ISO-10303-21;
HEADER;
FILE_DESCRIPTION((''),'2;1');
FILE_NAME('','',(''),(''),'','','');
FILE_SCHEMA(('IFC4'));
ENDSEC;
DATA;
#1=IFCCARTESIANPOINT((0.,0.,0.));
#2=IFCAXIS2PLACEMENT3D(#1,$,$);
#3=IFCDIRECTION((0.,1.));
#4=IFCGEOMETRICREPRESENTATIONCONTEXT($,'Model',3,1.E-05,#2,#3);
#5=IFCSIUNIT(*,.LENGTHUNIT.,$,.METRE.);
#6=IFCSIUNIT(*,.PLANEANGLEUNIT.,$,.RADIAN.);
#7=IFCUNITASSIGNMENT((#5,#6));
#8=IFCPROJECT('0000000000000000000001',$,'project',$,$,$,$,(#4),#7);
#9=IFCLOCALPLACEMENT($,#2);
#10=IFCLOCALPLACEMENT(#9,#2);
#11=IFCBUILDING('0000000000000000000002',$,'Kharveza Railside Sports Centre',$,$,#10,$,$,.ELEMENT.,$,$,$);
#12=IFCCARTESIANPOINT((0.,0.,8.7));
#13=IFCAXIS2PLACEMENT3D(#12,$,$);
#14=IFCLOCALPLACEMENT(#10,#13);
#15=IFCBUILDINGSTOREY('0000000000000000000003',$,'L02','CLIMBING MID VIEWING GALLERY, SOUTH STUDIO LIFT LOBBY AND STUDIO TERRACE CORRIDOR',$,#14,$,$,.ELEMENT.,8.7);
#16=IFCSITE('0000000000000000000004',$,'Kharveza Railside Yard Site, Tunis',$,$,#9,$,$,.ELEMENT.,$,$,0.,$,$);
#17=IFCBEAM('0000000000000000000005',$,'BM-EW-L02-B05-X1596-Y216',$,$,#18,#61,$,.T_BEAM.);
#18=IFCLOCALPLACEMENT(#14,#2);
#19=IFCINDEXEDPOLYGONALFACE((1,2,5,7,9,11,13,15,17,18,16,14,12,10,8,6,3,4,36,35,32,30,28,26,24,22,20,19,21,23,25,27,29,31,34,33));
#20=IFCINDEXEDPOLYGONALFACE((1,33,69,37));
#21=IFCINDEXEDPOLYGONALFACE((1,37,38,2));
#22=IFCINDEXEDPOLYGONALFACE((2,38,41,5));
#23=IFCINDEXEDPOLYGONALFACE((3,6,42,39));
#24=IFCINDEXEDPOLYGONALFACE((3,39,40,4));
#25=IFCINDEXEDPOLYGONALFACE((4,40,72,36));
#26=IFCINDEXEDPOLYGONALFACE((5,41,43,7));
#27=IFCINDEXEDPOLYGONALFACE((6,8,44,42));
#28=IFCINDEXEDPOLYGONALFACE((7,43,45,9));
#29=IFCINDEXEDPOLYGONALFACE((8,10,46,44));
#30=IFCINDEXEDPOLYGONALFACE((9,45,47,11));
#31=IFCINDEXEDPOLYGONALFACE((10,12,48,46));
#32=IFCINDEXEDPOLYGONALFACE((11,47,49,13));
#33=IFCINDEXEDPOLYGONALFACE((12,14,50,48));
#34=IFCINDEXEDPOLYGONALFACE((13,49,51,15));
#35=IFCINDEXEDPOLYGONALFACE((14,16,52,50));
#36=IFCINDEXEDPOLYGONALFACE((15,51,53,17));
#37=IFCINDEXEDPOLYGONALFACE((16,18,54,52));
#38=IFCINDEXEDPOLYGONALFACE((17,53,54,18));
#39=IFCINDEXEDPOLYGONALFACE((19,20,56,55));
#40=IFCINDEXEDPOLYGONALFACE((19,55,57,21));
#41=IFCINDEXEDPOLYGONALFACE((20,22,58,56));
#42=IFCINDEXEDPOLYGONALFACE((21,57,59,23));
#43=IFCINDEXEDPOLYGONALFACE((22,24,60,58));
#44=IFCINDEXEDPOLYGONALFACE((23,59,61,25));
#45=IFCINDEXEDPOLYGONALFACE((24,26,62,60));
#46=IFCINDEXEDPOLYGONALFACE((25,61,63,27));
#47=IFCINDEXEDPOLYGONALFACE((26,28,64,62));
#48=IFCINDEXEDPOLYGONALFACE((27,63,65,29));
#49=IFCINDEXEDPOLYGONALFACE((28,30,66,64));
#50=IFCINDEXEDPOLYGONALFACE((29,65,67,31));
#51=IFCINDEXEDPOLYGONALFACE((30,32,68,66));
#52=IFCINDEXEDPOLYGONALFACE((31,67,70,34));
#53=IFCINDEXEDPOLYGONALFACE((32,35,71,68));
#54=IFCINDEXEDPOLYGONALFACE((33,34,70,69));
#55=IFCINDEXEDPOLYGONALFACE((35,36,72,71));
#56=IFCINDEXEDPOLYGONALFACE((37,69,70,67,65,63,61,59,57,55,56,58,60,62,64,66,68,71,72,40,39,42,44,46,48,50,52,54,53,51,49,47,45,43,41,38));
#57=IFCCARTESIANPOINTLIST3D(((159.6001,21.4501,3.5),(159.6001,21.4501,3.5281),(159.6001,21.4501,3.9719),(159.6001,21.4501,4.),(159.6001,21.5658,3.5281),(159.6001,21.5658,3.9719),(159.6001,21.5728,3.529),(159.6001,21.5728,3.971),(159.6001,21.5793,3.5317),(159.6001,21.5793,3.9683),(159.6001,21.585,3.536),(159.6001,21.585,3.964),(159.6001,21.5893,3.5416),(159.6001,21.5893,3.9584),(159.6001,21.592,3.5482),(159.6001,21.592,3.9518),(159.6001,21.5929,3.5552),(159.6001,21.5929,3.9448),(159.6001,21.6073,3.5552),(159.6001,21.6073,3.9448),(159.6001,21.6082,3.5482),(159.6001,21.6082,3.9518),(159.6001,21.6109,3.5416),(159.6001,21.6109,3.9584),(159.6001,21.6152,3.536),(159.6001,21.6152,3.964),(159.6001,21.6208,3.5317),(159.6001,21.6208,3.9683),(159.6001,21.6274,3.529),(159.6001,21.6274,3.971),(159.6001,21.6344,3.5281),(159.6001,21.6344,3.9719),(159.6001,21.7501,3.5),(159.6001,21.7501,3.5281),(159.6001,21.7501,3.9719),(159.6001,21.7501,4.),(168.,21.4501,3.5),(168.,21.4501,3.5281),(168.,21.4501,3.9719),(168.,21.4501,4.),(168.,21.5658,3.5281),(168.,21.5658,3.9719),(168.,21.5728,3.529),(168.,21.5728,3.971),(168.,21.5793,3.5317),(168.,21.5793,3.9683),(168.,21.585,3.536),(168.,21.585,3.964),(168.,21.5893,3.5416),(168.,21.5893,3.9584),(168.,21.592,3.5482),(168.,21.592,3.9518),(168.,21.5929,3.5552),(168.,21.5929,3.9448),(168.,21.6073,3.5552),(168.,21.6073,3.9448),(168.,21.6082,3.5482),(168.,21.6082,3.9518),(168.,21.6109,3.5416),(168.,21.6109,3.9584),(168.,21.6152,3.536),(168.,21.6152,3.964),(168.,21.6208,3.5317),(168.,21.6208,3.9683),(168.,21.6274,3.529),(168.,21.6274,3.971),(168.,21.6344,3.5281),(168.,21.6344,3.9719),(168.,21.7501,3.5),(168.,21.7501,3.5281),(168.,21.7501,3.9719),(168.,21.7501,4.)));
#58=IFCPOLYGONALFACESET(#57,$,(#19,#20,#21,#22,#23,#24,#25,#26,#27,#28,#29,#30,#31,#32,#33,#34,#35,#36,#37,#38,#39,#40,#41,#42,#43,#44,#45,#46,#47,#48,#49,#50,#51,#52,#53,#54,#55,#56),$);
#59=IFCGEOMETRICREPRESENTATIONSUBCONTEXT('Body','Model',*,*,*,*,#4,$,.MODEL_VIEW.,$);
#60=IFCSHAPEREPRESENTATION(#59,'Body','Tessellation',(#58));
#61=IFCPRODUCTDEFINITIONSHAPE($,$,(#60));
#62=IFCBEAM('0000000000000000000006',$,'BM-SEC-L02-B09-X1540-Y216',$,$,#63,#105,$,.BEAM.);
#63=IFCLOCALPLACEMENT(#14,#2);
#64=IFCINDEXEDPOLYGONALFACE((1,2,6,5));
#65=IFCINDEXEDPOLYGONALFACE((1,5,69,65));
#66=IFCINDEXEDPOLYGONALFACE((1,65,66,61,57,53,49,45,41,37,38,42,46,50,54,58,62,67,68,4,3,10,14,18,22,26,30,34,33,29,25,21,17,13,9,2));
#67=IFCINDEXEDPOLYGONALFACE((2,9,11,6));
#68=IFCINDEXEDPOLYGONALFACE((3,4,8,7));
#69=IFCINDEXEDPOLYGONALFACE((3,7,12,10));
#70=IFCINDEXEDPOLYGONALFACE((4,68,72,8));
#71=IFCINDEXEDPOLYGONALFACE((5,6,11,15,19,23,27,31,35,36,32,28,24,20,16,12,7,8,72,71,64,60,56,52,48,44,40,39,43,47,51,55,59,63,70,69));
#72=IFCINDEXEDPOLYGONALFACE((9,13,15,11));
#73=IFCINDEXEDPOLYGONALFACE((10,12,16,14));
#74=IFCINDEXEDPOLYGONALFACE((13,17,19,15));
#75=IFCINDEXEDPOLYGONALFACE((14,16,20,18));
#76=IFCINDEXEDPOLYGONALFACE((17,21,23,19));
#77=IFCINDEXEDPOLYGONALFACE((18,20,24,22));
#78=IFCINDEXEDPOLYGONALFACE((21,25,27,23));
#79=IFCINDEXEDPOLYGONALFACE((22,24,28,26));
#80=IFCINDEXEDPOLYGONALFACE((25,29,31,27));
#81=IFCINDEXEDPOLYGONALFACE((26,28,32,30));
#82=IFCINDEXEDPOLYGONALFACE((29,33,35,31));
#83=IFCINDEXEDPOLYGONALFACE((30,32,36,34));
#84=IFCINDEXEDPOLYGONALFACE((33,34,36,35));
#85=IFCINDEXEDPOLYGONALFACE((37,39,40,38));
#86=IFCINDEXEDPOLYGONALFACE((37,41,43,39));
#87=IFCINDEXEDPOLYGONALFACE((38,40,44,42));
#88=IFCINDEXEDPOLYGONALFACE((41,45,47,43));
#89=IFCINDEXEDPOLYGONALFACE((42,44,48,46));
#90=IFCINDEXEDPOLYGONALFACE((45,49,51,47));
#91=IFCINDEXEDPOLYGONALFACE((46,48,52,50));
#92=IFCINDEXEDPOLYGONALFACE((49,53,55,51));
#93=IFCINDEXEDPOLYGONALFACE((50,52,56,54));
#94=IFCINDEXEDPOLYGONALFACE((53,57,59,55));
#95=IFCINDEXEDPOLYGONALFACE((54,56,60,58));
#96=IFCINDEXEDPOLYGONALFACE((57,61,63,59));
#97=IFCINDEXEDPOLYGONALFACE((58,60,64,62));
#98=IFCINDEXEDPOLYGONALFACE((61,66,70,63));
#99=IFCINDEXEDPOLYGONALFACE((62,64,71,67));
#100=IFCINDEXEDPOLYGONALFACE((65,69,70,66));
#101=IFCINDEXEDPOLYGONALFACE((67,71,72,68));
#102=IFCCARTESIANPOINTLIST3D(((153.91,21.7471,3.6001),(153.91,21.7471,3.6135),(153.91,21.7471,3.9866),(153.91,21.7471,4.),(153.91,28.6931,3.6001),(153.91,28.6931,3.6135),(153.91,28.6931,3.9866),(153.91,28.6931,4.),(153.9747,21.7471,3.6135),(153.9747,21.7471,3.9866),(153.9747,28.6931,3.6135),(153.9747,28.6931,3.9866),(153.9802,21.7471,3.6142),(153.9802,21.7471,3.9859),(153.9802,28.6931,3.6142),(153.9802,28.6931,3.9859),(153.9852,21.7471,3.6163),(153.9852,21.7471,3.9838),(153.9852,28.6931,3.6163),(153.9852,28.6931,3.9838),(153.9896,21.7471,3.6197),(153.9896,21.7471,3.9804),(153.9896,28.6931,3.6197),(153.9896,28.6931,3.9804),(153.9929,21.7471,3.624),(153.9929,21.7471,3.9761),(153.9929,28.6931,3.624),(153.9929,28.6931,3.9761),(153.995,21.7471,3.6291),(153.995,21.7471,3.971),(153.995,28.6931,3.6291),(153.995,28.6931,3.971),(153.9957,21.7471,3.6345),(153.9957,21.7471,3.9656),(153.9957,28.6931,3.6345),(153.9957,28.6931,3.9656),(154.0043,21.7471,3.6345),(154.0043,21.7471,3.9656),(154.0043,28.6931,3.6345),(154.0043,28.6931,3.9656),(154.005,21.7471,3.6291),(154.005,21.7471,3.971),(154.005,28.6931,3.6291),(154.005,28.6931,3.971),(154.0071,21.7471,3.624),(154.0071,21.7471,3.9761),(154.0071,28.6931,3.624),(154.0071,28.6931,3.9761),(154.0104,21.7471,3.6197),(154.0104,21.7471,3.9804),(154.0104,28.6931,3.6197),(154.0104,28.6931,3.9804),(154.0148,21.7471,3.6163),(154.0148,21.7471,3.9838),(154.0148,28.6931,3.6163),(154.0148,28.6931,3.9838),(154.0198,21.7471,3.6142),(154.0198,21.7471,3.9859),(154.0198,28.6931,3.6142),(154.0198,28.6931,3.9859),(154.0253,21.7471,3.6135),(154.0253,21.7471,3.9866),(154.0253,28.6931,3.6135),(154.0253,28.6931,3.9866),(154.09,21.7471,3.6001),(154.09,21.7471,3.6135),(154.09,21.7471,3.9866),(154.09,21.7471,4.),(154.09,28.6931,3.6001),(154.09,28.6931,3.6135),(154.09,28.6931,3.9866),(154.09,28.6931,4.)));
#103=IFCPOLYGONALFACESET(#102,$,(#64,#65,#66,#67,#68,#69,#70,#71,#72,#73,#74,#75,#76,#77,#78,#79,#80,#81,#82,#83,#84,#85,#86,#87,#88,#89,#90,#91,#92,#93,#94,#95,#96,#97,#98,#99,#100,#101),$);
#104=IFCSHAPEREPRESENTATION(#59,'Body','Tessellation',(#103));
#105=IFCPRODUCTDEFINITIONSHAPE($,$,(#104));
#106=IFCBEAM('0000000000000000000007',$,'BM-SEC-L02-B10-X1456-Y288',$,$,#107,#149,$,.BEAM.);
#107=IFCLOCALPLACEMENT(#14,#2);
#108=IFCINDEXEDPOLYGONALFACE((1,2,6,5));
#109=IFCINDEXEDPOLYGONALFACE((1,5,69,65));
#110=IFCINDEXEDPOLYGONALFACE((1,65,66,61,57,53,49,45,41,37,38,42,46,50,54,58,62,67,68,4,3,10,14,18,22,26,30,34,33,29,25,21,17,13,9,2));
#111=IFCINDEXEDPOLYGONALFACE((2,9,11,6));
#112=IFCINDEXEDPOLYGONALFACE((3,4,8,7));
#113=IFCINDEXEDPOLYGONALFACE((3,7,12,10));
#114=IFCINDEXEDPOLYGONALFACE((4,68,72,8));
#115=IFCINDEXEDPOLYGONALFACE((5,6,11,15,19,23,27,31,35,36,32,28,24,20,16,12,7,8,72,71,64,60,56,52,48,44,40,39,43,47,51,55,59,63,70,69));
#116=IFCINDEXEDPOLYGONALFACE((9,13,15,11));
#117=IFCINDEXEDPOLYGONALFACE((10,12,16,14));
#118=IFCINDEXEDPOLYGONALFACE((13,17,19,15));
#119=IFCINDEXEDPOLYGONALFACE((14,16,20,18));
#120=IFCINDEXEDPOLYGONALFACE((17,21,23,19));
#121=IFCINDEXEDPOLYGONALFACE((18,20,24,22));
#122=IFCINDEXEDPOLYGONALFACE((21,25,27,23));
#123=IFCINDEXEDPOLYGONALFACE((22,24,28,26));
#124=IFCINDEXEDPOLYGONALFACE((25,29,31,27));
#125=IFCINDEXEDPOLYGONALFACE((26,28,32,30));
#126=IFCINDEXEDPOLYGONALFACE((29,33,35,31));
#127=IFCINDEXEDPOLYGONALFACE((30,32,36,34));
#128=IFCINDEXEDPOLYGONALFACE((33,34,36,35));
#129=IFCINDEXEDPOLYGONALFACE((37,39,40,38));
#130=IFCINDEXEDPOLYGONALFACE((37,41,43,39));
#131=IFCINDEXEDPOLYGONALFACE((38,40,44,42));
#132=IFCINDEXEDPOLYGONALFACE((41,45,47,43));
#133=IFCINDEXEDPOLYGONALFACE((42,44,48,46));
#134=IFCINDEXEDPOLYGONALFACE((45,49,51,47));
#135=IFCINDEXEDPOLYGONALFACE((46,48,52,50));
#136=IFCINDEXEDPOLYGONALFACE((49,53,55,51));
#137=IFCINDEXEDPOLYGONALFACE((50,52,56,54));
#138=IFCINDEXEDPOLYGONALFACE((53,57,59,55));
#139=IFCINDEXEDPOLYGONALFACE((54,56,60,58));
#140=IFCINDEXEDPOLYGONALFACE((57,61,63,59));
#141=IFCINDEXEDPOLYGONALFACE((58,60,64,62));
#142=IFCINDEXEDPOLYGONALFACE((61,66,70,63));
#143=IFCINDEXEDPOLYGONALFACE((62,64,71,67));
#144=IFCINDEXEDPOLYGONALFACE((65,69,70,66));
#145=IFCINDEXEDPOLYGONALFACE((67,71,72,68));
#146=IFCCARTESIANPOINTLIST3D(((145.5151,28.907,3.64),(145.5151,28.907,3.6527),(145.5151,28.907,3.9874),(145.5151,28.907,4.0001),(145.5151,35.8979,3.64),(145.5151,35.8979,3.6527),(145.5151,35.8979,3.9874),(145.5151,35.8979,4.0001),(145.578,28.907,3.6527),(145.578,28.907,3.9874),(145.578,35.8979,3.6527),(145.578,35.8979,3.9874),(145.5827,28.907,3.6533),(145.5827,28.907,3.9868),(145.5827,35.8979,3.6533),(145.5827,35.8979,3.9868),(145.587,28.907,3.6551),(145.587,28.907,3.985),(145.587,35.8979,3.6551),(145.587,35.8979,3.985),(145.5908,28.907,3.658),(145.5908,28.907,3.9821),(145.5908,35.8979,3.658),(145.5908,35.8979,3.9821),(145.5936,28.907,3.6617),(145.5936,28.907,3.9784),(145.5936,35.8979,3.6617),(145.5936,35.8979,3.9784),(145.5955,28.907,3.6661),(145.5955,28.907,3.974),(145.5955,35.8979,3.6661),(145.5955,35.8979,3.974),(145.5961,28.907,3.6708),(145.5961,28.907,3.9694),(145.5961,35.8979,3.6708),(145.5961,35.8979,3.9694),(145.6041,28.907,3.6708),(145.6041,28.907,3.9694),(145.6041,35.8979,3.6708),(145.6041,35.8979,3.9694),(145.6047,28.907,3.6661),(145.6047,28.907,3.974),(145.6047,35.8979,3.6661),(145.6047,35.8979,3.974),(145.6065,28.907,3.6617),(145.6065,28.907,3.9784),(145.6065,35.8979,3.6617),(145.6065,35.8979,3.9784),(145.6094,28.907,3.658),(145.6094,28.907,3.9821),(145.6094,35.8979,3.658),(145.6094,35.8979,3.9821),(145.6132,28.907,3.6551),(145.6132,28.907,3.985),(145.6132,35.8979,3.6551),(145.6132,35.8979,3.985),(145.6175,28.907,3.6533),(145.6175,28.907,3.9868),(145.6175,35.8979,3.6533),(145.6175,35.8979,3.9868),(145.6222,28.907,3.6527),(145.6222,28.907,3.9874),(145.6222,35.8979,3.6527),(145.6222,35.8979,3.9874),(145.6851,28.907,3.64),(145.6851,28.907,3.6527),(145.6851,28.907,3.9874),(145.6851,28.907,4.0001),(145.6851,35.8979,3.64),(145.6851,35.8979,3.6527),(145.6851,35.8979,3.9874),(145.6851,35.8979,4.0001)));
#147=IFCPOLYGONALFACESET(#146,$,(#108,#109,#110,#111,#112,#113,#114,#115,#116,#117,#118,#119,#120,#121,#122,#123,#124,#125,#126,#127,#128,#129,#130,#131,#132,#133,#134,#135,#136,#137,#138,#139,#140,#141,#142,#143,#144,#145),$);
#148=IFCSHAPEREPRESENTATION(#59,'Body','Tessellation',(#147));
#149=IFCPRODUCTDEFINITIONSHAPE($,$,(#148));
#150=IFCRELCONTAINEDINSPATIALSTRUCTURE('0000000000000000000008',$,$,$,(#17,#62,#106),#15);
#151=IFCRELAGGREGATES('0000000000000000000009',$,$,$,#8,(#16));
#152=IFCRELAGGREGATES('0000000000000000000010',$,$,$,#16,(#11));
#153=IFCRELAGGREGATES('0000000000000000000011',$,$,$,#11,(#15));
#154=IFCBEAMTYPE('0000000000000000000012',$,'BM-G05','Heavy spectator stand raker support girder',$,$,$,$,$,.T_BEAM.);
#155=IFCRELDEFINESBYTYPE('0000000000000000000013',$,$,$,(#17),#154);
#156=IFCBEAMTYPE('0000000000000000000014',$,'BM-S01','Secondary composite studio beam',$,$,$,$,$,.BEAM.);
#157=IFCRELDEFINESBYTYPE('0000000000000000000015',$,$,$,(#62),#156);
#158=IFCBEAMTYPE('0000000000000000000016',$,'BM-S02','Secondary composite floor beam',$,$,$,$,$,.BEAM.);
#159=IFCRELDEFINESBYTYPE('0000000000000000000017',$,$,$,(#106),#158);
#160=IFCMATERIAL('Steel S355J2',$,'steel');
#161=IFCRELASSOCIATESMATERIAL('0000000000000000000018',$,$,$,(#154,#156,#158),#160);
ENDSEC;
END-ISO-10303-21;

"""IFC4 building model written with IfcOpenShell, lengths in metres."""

from ifc_helpers import new_model, si_unit, direction, frame, origin, origin_2d, place, context, subcontext, project, spatial, i_section, extrude, material, material_profile, profile_set, type_object, element, save


model = new_model("IFC4")

# Units and contexts
model_context = context("Model", 3, precision=1e-05, world=origin(), true_north=direction((0.0, 1.0)))
body_context = subcontext(model_context, "Body", "Model", "MODEL_VIEW")
ifc_project = project(units=[si_unit("LENGTHUNIT", "METRE"), si_unit("PLANEANGLEUNIT", "RADIAN")], contexts=[model_context])

# Site, building, storey
site_placement = place(None, origin())
site = spatial("IfcSite", under=ifc_project, at=site_placement, Name="Kharveza Railside Yard Site, Tunis", CompositionType="ELEMENT", RefElevation=0.0)
building_placement = place(site_placement, origin())
building = spatial("IfcBuilding", under=site, at=building_placement, Name="Kharveza Railside Sports Centre", CompositionType="ELEMENT")
storey_placement = place(building_placement, frame((0.0, 0.0, 8.7)))
storey = spatial("IfcBuildingStorey", under=building, at=storey_placement, Name="L02", Description="CLIMBING MID VIEWING GALLERY, SOUTH STUDIO LIFT LOBBY AND STUDIO TERRACE CORRIDOR", CompositionType="ELEMENT", Elevation=8.7)

# Shared definitions
ifc_material_1 = material(Name="Steel S355J2", Category="steel")

# Beams
ifc_material_profile_1 = material_profile(ifc_material_1, i_section(OverallWidth=0.3, OverallDepth=0.5, WebThickness=0.0144, FlangeThickness=0.0281, FilletRadius=0.0271, at=origin_2d()), Name="HEB 500")
ifc_profile_set_1 = profile_set([ifc_material_profile_1], Name="Steel S355J2")
beam_type_1 = type_object("IfcBeamType", Name="BM-G05", Description="Heavy spectator stand raker support girder", PredefinedType="T_BEAM", material=ifc_profile_set_1)
beam_1_placement = place(storey_placement, frame((159.6001, 21.6001, 3.75), z_axis=(1.0, 0.0, 0.0), x_axis=(0.0, 1.0, 0.0)))
element("IfcBeam", 1, at=beam_1_placement, inside=storey, type_object=beam_type_1, Name="BM-EW-L02-B05-X1596-Y216", PredefinedType="T_BEAM", context=body_context, shape_type="SweptSolid", body=[
    extrude(i_section(OverallWidth=0.3, OverallDepth=0.5, WebThickness=0.0144, FlangeThickness=0.0281, FilletRadius=0.0271, at=origin_2d()), origin(), (0.0, 0.0, 1.0), 8.3999),
])
ifc_material_profile_2 = material_profile(ifc_material_1, i_section(OverallWidth=0.1799, OverallDepth=0.3999, WebThickness=0.0085, FlangeThickness=0.0134, FilletRadius=0.021, at=origin_2d()), Name="IPE 400")
ifc_profile_set_2 = profile_set([ifc_material_profile_2], Name="Steel S355J2")
beam_type_2 = type_object("IfcBeamType", Name="BM-S01", Description="Secondary composite studio beam", PredefinedType="BEAM", material=ifc_profile_set_2)
beam_2_placement = place(storey_placement, frame((154.0, 21.7471, 3.8), z_axis=(0.0, 1.0, 0.0), x_axis=(-1.0, 0.0, 0.0)))
element("IfcBeam", 2, at=beam_2_placement, inside=storey, type_object=beam_type_2, Name="BM-SEC-L02-B09-X1540-Y216", PredefinedType="BEAM", context=body_context, shape_type="SweptSolid", body=[
    extrude(i_section(OverallWidth=0.1799, OverallDepth=0.3999, WebThickness=0.0085, FlangeThickness=0.0134, FilletRadius=0.021, at=origin_2d()), origin(), (0.0, 0.0, 1.0), 6.946),
])
ifc_material_profile_3 = material_profile(ifc_material_1, i_section(OverallWidth=0.1699, OverallDepth=0.3601, WebThickness=0.0081, FlangeThickness=0.0127, FilletRadius=0.0181, at=origin_2d()), Name="IPE 360")
ifc_profile_set_3 = profile_set([ifc_material_profile_3], Name="Steel S355J2")
beam_type_3 = type_object("IfcBeamType", Name="BM-S02", Description="Secondary composite floor beam", PredefinedType="BEAM", material=ifc_profile_set_3)
beam_3_placement = place(storey_placement, frame((145.6001, 28.907, 3.8201), z_axis=(0.0, 1.0, 0.0), x_axis=(-1.0, 0.0, 0.0)))
element("IfcBeam", 3, at=beam_3_placement, inside=storey, type_object=beam_type_3, Name="BM-SEC-L02-B10-X1456-Y288", PredefinedType="BEAM", context=body_context, shape_type="SweptSolid", body=[
    extrude(i_section(OverallWidth=0.1699, OverallDepth=0.3601, WebThickness=0.0081, FlangeThickness=0.0127, FilletRadius=0.0181, at=origin_2d()), origin(), (0.0, 0.0, 1.0), 6.991),
])

save(model, "model.ifc")
